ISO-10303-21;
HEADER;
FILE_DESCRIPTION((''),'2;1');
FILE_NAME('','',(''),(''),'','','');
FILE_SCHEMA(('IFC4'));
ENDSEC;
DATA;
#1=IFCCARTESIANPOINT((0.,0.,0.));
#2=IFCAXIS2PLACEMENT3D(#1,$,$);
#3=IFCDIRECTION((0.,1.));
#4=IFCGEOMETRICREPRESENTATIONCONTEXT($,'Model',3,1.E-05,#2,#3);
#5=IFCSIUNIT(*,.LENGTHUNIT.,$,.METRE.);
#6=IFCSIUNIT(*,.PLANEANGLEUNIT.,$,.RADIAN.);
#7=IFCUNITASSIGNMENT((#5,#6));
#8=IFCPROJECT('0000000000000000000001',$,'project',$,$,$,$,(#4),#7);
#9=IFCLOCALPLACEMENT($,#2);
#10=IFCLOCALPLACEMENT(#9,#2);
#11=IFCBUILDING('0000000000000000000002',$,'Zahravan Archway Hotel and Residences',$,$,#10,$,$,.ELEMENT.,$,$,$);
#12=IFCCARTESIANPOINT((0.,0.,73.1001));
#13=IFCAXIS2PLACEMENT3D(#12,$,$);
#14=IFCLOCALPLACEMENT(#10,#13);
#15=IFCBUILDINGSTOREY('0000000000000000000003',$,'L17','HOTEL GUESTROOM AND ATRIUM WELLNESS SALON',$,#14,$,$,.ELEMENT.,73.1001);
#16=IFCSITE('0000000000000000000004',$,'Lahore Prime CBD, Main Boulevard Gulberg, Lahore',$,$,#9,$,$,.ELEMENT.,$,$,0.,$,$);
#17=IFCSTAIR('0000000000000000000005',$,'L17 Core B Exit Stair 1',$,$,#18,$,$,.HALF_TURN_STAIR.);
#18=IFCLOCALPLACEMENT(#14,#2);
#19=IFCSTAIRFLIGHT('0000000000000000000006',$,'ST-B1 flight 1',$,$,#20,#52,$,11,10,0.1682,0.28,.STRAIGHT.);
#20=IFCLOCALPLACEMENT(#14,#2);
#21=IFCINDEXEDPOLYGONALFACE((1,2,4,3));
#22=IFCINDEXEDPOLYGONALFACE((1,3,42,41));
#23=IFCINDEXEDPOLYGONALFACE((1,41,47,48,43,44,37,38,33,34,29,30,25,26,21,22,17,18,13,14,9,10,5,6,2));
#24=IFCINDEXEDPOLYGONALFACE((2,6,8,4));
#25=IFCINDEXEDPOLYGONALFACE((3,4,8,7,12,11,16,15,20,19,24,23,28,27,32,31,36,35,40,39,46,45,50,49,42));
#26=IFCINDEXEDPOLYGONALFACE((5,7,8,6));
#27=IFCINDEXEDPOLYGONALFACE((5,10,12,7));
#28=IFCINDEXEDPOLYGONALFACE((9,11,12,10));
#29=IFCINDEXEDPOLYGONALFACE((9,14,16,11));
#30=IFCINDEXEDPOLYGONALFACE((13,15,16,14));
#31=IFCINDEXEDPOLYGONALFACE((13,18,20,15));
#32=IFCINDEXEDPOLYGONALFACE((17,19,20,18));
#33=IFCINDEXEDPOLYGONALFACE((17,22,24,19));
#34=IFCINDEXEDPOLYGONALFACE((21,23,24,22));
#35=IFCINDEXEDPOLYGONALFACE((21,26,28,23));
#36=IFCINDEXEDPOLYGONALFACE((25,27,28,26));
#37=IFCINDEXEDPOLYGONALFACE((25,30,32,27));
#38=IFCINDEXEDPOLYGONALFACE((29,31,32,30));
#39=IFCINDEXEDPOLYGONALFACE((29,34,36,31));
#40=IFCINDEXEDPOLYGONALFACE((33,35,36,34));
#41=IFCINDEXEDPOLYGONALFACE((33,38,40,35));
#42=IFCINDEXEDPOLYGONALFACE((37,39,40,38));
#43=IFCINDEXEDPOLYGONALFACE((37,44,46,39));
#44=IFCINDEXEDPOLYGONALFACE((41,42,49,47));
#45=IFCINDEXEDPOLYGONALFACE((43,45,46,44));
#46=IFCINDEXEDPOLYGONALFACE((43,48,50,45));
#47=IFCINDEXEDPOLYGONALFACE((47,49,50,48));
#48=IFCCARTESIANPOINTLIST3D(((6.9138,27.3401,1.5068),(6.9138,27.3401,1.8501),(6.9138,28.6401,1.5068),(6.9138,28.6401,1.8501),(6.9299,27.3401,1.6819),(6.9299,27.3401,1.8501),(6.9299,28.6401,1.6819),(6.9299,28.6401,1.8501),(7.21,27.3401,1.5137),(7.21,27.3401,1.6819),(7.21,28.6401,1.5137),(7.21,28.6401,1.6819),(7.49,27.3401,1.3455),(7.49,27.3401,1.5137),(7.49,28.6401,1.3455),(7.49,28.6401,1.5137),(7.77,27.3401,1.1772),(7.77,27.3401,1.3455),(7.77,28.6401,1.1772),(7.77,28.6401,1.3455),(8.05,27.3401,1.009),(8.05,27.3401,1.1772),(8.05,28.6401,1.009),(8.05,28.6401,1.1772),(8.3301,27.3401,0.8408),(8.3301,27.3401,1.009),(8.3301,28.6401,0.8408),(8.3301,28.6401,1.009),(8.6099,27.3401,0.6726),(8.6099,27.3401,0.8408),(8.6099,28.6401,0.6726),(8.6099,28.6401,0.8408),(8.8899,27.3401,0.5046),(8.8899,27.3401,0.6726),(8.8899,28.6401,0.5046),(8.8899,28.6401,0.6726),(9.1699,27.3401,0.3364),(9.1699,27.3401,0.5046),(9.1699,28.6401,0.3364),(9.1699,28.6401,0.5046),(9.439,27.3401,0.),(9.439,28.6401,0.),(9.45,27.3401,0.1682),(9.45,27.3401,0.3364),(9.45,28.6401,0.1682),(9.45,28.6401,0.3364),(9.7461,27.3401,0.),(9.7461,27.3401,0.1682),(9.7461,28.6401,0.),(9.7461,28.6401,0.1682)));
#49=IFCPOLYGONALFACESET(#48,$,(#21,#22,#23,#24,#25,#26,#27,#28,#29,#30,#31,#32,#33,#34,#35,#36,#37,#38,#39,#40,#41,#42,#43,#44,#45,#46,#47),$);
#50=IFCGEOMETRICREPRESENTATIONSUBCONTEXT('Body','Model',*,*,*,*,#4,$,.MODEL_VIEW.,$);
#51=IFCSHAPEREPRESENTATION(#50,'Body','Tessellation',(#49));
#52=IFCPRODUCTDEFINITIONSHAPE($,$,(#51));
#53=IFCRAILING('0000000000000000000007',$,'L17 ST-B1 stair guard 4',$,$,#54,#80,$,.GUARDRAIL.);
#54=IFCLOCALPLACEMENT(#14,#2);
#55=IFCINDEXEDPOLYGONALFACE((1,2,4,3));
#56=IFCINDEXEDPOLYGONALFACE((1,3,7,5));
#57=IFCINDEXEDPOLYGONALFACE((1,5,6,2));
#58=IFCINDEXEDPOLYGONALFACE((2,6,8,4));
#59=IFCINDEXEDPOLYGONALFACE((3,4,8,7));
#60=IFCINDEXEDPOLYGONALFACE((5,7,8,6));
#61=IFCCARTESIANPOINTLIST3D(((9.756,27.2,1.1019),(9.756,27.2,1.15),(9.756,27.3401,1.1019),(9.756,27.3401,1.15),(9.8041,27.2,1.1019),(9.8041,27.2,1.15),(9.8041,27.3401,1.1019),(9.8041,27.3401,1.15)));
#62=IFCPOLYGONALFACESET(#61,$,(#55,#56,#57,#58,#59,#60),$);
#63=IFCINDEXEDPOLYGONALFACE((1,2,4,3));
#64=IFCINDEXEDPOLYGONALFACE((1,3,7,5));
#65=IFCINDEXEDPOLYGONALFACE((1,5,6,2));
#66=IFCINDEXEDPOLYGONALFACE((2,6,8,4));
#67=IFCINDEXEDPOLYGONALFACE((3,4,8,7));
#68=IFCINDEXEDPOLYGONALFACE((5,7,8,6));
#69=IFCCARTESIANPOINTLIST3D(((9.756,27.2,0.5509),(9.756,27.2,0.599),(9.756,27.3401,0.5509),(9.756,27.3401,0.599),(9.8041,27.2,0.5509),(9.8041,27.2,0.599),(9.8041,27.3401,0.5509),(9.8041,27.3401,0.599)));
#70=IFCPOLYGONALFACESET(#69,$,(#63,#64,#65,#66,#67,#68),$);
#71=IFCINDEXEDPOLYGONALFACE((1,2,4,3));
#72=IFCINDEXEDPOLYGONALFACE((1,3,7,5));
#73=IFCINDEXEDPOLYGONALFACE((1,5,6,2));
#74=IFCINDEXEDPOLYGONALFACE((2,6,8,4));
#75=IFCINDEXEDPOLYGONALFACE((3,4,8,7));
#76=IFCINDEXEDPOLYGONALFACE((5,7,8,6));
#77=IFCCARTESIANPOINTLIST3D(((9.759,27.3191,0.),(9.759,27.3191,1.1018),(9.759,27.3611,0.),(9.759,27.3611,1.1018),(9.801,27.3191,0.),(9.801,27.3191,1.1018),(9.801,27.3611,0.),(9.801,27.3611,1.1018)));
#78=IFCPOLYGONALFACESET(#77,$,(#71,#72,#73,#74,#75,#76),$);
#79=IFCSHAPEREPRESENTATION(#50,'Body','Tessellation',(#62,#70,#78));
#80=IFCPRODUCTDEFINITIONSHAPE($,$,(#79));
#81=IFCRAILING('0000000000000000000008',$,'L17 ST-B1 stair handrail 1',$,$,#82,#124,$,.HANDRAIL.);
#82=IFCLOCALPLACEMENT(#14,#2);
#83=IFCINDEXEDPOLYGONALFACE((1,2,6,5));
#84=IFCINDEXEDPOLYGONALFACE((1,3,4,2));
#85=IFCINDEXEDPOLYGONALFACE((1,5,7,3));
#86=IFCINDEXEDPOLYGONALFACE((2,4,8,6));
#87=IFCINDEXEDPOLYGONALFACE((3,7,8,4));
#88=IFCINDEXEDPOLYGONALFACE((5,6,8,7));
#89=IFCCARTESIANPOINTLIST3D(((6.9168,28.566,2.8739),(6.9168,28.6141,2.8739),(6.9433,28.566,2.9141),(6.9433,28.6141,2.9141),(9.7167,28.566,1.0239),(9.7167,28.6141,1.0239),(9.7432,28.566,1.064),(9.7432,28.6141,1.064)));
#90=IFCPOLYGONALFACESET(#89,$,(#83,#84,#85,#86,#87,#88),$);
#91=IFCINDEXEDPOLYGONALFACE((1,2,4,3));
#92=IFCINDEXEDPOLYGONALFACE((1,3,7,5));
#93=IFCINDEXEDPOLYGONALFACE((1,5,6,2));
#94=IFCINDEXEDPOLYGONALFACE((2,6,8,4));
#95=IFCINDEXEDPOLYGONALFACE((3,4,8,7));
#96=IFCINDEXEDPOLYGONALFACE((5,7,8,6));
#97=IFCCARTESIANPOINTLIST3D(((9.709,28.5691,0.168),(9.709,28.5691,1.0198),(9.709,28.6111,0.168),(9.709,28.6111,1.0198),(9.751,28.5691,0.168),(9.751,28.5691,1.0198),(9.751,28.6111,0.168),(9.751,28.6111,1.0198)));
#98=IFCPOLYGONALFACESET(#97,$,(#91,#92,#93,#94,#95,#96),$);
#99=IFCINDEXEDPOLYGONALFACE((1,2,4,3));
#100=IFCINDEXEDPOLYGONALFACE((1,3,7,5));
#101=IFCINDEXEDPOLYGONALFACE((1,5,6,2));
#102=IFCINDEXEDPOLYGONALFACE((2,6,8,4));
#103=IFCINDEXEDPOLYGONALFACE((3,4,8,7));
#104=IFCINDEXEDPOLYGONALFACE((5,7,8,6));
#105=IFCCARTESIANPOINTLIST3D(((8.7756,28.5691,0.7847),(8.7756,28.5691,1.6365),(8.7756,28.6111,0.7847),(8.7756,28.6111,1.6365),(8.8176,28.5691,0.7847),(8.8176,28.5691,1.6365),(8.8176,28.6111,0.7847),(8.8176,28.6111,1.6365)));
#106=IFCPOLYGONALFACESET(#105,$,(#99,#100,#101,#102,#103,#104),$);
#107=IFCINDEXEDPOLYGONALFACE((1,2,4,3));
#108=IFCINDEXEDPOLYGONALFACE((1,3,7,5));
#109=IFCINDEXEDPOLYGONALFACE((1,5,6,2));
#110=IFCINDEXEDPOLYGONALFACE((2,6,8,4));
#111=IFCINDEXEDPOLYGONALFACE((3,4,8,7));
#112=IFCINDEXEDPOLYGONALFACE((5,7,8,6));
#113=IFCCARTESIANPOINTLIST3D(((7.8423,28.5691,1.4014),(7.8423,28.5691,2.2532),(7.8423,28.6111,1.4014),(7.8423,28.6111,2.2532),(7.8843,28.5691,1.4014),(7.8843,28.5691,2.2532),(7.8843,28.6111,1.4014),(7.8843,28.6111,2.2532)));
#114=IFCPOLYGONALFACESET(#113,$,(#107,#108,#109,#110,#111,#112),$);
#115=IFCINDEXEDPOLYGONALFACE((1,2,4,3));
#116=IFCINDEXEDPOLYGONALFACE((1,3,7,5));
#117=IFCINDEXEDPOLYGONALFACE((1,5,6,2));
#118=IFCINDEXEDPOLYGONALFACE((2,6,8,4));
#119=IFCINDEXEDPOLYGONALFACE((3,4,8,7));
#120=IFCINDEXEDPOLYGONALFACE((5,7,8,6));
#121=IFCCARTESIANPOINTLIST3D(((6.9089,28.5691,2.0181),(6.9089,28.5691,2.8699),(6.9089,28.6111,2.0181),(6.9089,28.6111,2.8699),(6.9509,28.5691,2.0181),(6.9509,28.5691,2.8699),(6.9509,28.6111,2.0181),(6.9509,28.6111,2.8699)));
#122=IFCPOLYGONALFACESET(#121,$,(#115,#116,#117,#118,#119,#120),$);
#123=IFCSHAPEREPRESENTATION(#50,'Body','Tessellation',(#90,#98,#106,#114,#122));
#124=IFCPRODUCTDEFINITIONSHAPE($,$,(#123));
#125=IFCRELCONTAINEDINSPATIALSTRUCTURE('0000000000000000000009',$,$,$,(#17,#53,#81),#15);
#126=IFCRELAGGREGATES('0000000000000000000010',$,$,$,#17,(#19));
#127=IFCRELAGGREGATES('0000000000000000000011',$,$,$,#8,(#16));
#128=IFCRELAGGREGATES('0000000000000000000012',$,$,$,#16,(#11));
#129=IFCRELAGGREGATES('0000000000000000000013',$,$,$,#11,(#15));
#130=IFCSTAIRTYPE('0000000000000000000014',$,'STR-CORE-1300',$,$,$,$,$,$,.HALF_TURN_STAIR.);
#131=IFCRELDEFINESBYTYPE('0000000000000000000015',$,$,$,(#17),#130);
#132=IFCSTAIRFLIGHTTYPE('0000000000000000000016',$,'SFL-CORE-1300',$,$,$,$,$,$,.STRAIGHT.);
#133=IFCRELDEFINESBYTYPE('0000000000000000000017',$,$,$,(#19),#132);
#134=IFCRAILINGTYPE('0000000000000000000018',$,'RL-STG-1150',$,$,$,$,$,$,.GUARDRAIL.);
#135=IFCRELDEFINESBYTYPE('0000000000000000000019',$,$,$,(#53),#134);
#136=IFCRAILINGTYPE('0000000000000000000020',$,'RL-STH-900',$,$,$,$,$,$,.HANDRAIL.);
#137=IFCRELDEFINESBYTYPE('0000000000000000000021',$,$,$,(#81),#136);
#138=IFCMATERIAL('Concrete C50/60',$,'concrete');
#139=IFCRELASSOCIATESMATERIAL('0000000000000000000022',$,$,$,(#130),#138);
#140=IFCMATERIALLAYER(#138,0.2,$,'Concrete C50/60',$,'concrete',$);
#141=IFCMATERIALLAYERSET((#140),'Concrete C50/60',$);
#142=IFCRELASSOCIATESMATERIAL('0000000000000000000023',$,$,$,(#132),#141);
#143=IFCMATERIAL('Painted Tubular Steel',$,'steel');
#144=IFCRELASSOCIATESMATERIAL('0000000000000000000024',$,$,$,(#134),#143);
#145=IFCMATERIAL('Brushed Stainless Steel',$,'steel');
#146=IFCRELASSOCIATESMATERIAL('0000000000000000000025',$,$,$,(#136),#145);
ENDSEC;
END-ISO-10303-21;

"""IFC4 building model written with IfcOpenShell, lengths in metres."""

from ifc_helpers import new_model, si_unit, direction, frame, origin, origin_2d, place, context, subcontext, project, spatial, polyline, rectangle, outline, extrude, source, transform, mapped, material, layer, layer_set, type_object, element, aggregate, save


model = new_model("IFC4")

# Units and contexts
model_context = context("Model", 3, precision=1e-05, world=origin(), true_north=direction((0.0, 1.0)))
body_context = subcontext(model_context, "Body", "Model", "MODEL_VIEW")
ifc_project = project(units=[si_unit("LENGTHUNIT", "METRE"), si_unit("PLANEANGLEUNIT", "RADIAN")], contexts=[model_context])

# Site, building, storey
site_placement = place(None, origin())
site = spatial("IfcSite", under=ifc_project, at=site_placement, Name="Lahore Prime CBD, Main Boulevard Gulberg, Lahore", CompositionType="ELEMENT", RefElevation=0.0)
building_placement = place(site_placement, origin())
building = spatial("IfcBuilding", under=site, at=building_placement, Name="Zahravan Archway Hotel and Residences", CompositionType="ELEMENT")
storey_placement = place(building_placement, frame((0.0, 0.0, 73.1001)))
storey = spatial("IfcBuildingStorey", under=building, at=storey_placement, Name="L17", Description="HOTEL GUESTROOM AND ATRIUM WELLNESS SALON", CompositionType="ELEMENT", Elevation=73.1001)

# Shared definitions
ifc_material_1 = material(Name="Brushed Stainless Steel", Category="steel")

# Shared definitions
ifc_material_2 = material(Name="Concrete C50/60", Category="concrete")

# Stair, stair flight
stair_type = type_object("IfcStairType", Name="STR-CORE-1300", PredefinedType="HALF_TURN_STAIR", material=ifc_material_2)
stair_placement = place(storey_placement, origin())
stair = element("IfcStair", 1, at=stair_placement, inside=storey, type_object=stair_type, Name="L17 Core B Exit Stair 1", PredefinedType="HALF_TURN_STAIR")
ifc_layer_1 = layer(ifc_material_2, 0.2, Name="Concrete C50/60", Category="concrete")
ifc_layer_set_1 = layer_set([ifc_layer_1], Name="Concrete C50/60")
stair_flight_type = type_object("IfcStairFlightType", Name="SFL-CORE-1300", PredefinedType="STRAIGHT", material=ifc_layer_set_1)
shared_shape_1 = source(origin(), body_context, "Body", "SweptSolid", [
    extrude(outline(polyline([(-0.0161, 0.0), (-0.0161, 0.1682), (0.28, 0.1682), (0.28, 0.3364), (0.5601, 0.3364), (0.5601, 0.5046), (0.8401, 0.5046), (0.8401, 0.6726), (1.1201, 0.6726), (1.1201, 0.8408), (1.3999, 0.8408), (1.3999, 1.009), (1.6799, 1.009), (1.6799, 1.1772), (1.96, 1.1772), (1.96, 1.3455), (2.24, 1.3455), (2.24, 1.5137), (2.52, 1.5137), (2.52, 1.6819), (2.8, 1.6819), (2.8, 1.8501), (2.8162, 1.8501), (2.8162, 1.5068), (0.291, 0.0), (-0.0161, 0.0)])), frame((0.0, 0.6499, 0.0), z_axis=(0.0, -1.0, 0.0), x_axis=(1.0, 0.0, 0.0)), (0.0, 0.0, 1.0), 1.3),
])
stair_flight_placement = place(storey_placement, frame((9.73, 27.99, 0.0), z_axis=(0.0, 0.0, 1.0), x_axis=(-1.0, 0.0, 0.0)))
stair_flight = element("IfcStairFlight", 2, at=stair_flight_placement, type_object=stair_flight_type, Name="ST-B1 flight 1", NumberOfRisers=11, NumberOfTreads=10, PredefinedType="STRAIGHT", RiserHeight=0.1682, TreadLength=0.28, context=body_context, shape_type="MappedRepresentation", body=[
    mapped(shared_shape_1, transform((0.0, 0.0, 0.0), scale=1.0)),
])
aggregate(stair, [stair_flight])

# Railings
ifc_material_3 = material(Name="Painted Tubular Steel", Category="steel")
railing_type_1 = type_object("IfcRailingType", Name="RL-STG-1150", PredefinedType="GUARDRAIL", material=ifc_material_3)
railing_1_placement = place(storey_placement, frame((9.78, 27.3401, 0.0)))
element("IfcRailing", 3, at=railing_1_placement, inside=storey, type_object=railing_type_1, Name="L17 ST-B1 stair guard 4", PredefinedType="GUARDRAIL", context=body_context, shape_type="SweptSolid", body=[
    extrude(rectangle(XDim=0.0481, YDim=0.0481, at=origin_2d()), frame((0.0, 0.0, 1.126), z_axis=(0.0, -1.0, 0.0), x_axis=(1.0, 0.0, 0.0)), (0.0, 0.0, 1.0), 0.1401),
    extrude(rectangle(XDim=0.0481, YDim=0.0481, at=origin_2d()), frame((0.0, 0.0, 0.575), z_axis=(0.0, -1.0, 0.0), x_axis=(1.0, 0.0, 0.0)), (0.0, 0.0, 1.0), 0.1401),
    extrude(rectangle(XDim=0.042, YDim=0.042, at=origin_2d()), origin(), (0.0, 0.0, 1.0), 1.1018),
])
railing_type_2 = type_object("IfcRailingType", Name="RL-STH-900", PredefinedType="HANDRAIL", material=ifc_material_1)
railing_2_placement = place(storey_placement, frame((9.73, 28.5901, 0.168)))
element("IfcRailing", 4, at=railing_2_placement, inside=storey, type_object=railing_type_2, Name="L17 ST-B1 stair handrail 1", PredefinedType="HANDRAIL", context=body_context, shape_type="SweptSolid", body=[
    extrude(rectangle(XDim=0.0481, YDim=0.0481, at=origin_2d()), frame((0.0, 0.0, 0.876), z_axis=(-0.834326, 0.0, 0.551271), x_axis=(0.0, -1.0, 0.0)), (0.0, 0.0, 1.0), 3.356),
    extrude(rectangle(XDim=0.042, YDim=0.042, at=origin_2d()), origin(), (0.0, 0.0, 1.0), 0.8518),
    extrude(rectangle(XDim=0.042, YDim=0.042, at=origin_2d()), frame((-0.9333, 0.0, 0.6167)), (0.0, 0.0, 1.0), 0.8518),
    extrude(rectangle(XDim=0.042, YDim=0.042, at=origin_2d()), frame((-1.8667, 0.0, 1.2334)), (0.0, 0.0, 1.0), 0.8518),
    extrude(rectangle(XDim=0.042, YDim=0.042, at=origin_2d()), frame((-2.8, 0.0, 1.8501)), (0.0, 0.0, 1.0), 0.8518),
])

save(model, "model.ifc")
